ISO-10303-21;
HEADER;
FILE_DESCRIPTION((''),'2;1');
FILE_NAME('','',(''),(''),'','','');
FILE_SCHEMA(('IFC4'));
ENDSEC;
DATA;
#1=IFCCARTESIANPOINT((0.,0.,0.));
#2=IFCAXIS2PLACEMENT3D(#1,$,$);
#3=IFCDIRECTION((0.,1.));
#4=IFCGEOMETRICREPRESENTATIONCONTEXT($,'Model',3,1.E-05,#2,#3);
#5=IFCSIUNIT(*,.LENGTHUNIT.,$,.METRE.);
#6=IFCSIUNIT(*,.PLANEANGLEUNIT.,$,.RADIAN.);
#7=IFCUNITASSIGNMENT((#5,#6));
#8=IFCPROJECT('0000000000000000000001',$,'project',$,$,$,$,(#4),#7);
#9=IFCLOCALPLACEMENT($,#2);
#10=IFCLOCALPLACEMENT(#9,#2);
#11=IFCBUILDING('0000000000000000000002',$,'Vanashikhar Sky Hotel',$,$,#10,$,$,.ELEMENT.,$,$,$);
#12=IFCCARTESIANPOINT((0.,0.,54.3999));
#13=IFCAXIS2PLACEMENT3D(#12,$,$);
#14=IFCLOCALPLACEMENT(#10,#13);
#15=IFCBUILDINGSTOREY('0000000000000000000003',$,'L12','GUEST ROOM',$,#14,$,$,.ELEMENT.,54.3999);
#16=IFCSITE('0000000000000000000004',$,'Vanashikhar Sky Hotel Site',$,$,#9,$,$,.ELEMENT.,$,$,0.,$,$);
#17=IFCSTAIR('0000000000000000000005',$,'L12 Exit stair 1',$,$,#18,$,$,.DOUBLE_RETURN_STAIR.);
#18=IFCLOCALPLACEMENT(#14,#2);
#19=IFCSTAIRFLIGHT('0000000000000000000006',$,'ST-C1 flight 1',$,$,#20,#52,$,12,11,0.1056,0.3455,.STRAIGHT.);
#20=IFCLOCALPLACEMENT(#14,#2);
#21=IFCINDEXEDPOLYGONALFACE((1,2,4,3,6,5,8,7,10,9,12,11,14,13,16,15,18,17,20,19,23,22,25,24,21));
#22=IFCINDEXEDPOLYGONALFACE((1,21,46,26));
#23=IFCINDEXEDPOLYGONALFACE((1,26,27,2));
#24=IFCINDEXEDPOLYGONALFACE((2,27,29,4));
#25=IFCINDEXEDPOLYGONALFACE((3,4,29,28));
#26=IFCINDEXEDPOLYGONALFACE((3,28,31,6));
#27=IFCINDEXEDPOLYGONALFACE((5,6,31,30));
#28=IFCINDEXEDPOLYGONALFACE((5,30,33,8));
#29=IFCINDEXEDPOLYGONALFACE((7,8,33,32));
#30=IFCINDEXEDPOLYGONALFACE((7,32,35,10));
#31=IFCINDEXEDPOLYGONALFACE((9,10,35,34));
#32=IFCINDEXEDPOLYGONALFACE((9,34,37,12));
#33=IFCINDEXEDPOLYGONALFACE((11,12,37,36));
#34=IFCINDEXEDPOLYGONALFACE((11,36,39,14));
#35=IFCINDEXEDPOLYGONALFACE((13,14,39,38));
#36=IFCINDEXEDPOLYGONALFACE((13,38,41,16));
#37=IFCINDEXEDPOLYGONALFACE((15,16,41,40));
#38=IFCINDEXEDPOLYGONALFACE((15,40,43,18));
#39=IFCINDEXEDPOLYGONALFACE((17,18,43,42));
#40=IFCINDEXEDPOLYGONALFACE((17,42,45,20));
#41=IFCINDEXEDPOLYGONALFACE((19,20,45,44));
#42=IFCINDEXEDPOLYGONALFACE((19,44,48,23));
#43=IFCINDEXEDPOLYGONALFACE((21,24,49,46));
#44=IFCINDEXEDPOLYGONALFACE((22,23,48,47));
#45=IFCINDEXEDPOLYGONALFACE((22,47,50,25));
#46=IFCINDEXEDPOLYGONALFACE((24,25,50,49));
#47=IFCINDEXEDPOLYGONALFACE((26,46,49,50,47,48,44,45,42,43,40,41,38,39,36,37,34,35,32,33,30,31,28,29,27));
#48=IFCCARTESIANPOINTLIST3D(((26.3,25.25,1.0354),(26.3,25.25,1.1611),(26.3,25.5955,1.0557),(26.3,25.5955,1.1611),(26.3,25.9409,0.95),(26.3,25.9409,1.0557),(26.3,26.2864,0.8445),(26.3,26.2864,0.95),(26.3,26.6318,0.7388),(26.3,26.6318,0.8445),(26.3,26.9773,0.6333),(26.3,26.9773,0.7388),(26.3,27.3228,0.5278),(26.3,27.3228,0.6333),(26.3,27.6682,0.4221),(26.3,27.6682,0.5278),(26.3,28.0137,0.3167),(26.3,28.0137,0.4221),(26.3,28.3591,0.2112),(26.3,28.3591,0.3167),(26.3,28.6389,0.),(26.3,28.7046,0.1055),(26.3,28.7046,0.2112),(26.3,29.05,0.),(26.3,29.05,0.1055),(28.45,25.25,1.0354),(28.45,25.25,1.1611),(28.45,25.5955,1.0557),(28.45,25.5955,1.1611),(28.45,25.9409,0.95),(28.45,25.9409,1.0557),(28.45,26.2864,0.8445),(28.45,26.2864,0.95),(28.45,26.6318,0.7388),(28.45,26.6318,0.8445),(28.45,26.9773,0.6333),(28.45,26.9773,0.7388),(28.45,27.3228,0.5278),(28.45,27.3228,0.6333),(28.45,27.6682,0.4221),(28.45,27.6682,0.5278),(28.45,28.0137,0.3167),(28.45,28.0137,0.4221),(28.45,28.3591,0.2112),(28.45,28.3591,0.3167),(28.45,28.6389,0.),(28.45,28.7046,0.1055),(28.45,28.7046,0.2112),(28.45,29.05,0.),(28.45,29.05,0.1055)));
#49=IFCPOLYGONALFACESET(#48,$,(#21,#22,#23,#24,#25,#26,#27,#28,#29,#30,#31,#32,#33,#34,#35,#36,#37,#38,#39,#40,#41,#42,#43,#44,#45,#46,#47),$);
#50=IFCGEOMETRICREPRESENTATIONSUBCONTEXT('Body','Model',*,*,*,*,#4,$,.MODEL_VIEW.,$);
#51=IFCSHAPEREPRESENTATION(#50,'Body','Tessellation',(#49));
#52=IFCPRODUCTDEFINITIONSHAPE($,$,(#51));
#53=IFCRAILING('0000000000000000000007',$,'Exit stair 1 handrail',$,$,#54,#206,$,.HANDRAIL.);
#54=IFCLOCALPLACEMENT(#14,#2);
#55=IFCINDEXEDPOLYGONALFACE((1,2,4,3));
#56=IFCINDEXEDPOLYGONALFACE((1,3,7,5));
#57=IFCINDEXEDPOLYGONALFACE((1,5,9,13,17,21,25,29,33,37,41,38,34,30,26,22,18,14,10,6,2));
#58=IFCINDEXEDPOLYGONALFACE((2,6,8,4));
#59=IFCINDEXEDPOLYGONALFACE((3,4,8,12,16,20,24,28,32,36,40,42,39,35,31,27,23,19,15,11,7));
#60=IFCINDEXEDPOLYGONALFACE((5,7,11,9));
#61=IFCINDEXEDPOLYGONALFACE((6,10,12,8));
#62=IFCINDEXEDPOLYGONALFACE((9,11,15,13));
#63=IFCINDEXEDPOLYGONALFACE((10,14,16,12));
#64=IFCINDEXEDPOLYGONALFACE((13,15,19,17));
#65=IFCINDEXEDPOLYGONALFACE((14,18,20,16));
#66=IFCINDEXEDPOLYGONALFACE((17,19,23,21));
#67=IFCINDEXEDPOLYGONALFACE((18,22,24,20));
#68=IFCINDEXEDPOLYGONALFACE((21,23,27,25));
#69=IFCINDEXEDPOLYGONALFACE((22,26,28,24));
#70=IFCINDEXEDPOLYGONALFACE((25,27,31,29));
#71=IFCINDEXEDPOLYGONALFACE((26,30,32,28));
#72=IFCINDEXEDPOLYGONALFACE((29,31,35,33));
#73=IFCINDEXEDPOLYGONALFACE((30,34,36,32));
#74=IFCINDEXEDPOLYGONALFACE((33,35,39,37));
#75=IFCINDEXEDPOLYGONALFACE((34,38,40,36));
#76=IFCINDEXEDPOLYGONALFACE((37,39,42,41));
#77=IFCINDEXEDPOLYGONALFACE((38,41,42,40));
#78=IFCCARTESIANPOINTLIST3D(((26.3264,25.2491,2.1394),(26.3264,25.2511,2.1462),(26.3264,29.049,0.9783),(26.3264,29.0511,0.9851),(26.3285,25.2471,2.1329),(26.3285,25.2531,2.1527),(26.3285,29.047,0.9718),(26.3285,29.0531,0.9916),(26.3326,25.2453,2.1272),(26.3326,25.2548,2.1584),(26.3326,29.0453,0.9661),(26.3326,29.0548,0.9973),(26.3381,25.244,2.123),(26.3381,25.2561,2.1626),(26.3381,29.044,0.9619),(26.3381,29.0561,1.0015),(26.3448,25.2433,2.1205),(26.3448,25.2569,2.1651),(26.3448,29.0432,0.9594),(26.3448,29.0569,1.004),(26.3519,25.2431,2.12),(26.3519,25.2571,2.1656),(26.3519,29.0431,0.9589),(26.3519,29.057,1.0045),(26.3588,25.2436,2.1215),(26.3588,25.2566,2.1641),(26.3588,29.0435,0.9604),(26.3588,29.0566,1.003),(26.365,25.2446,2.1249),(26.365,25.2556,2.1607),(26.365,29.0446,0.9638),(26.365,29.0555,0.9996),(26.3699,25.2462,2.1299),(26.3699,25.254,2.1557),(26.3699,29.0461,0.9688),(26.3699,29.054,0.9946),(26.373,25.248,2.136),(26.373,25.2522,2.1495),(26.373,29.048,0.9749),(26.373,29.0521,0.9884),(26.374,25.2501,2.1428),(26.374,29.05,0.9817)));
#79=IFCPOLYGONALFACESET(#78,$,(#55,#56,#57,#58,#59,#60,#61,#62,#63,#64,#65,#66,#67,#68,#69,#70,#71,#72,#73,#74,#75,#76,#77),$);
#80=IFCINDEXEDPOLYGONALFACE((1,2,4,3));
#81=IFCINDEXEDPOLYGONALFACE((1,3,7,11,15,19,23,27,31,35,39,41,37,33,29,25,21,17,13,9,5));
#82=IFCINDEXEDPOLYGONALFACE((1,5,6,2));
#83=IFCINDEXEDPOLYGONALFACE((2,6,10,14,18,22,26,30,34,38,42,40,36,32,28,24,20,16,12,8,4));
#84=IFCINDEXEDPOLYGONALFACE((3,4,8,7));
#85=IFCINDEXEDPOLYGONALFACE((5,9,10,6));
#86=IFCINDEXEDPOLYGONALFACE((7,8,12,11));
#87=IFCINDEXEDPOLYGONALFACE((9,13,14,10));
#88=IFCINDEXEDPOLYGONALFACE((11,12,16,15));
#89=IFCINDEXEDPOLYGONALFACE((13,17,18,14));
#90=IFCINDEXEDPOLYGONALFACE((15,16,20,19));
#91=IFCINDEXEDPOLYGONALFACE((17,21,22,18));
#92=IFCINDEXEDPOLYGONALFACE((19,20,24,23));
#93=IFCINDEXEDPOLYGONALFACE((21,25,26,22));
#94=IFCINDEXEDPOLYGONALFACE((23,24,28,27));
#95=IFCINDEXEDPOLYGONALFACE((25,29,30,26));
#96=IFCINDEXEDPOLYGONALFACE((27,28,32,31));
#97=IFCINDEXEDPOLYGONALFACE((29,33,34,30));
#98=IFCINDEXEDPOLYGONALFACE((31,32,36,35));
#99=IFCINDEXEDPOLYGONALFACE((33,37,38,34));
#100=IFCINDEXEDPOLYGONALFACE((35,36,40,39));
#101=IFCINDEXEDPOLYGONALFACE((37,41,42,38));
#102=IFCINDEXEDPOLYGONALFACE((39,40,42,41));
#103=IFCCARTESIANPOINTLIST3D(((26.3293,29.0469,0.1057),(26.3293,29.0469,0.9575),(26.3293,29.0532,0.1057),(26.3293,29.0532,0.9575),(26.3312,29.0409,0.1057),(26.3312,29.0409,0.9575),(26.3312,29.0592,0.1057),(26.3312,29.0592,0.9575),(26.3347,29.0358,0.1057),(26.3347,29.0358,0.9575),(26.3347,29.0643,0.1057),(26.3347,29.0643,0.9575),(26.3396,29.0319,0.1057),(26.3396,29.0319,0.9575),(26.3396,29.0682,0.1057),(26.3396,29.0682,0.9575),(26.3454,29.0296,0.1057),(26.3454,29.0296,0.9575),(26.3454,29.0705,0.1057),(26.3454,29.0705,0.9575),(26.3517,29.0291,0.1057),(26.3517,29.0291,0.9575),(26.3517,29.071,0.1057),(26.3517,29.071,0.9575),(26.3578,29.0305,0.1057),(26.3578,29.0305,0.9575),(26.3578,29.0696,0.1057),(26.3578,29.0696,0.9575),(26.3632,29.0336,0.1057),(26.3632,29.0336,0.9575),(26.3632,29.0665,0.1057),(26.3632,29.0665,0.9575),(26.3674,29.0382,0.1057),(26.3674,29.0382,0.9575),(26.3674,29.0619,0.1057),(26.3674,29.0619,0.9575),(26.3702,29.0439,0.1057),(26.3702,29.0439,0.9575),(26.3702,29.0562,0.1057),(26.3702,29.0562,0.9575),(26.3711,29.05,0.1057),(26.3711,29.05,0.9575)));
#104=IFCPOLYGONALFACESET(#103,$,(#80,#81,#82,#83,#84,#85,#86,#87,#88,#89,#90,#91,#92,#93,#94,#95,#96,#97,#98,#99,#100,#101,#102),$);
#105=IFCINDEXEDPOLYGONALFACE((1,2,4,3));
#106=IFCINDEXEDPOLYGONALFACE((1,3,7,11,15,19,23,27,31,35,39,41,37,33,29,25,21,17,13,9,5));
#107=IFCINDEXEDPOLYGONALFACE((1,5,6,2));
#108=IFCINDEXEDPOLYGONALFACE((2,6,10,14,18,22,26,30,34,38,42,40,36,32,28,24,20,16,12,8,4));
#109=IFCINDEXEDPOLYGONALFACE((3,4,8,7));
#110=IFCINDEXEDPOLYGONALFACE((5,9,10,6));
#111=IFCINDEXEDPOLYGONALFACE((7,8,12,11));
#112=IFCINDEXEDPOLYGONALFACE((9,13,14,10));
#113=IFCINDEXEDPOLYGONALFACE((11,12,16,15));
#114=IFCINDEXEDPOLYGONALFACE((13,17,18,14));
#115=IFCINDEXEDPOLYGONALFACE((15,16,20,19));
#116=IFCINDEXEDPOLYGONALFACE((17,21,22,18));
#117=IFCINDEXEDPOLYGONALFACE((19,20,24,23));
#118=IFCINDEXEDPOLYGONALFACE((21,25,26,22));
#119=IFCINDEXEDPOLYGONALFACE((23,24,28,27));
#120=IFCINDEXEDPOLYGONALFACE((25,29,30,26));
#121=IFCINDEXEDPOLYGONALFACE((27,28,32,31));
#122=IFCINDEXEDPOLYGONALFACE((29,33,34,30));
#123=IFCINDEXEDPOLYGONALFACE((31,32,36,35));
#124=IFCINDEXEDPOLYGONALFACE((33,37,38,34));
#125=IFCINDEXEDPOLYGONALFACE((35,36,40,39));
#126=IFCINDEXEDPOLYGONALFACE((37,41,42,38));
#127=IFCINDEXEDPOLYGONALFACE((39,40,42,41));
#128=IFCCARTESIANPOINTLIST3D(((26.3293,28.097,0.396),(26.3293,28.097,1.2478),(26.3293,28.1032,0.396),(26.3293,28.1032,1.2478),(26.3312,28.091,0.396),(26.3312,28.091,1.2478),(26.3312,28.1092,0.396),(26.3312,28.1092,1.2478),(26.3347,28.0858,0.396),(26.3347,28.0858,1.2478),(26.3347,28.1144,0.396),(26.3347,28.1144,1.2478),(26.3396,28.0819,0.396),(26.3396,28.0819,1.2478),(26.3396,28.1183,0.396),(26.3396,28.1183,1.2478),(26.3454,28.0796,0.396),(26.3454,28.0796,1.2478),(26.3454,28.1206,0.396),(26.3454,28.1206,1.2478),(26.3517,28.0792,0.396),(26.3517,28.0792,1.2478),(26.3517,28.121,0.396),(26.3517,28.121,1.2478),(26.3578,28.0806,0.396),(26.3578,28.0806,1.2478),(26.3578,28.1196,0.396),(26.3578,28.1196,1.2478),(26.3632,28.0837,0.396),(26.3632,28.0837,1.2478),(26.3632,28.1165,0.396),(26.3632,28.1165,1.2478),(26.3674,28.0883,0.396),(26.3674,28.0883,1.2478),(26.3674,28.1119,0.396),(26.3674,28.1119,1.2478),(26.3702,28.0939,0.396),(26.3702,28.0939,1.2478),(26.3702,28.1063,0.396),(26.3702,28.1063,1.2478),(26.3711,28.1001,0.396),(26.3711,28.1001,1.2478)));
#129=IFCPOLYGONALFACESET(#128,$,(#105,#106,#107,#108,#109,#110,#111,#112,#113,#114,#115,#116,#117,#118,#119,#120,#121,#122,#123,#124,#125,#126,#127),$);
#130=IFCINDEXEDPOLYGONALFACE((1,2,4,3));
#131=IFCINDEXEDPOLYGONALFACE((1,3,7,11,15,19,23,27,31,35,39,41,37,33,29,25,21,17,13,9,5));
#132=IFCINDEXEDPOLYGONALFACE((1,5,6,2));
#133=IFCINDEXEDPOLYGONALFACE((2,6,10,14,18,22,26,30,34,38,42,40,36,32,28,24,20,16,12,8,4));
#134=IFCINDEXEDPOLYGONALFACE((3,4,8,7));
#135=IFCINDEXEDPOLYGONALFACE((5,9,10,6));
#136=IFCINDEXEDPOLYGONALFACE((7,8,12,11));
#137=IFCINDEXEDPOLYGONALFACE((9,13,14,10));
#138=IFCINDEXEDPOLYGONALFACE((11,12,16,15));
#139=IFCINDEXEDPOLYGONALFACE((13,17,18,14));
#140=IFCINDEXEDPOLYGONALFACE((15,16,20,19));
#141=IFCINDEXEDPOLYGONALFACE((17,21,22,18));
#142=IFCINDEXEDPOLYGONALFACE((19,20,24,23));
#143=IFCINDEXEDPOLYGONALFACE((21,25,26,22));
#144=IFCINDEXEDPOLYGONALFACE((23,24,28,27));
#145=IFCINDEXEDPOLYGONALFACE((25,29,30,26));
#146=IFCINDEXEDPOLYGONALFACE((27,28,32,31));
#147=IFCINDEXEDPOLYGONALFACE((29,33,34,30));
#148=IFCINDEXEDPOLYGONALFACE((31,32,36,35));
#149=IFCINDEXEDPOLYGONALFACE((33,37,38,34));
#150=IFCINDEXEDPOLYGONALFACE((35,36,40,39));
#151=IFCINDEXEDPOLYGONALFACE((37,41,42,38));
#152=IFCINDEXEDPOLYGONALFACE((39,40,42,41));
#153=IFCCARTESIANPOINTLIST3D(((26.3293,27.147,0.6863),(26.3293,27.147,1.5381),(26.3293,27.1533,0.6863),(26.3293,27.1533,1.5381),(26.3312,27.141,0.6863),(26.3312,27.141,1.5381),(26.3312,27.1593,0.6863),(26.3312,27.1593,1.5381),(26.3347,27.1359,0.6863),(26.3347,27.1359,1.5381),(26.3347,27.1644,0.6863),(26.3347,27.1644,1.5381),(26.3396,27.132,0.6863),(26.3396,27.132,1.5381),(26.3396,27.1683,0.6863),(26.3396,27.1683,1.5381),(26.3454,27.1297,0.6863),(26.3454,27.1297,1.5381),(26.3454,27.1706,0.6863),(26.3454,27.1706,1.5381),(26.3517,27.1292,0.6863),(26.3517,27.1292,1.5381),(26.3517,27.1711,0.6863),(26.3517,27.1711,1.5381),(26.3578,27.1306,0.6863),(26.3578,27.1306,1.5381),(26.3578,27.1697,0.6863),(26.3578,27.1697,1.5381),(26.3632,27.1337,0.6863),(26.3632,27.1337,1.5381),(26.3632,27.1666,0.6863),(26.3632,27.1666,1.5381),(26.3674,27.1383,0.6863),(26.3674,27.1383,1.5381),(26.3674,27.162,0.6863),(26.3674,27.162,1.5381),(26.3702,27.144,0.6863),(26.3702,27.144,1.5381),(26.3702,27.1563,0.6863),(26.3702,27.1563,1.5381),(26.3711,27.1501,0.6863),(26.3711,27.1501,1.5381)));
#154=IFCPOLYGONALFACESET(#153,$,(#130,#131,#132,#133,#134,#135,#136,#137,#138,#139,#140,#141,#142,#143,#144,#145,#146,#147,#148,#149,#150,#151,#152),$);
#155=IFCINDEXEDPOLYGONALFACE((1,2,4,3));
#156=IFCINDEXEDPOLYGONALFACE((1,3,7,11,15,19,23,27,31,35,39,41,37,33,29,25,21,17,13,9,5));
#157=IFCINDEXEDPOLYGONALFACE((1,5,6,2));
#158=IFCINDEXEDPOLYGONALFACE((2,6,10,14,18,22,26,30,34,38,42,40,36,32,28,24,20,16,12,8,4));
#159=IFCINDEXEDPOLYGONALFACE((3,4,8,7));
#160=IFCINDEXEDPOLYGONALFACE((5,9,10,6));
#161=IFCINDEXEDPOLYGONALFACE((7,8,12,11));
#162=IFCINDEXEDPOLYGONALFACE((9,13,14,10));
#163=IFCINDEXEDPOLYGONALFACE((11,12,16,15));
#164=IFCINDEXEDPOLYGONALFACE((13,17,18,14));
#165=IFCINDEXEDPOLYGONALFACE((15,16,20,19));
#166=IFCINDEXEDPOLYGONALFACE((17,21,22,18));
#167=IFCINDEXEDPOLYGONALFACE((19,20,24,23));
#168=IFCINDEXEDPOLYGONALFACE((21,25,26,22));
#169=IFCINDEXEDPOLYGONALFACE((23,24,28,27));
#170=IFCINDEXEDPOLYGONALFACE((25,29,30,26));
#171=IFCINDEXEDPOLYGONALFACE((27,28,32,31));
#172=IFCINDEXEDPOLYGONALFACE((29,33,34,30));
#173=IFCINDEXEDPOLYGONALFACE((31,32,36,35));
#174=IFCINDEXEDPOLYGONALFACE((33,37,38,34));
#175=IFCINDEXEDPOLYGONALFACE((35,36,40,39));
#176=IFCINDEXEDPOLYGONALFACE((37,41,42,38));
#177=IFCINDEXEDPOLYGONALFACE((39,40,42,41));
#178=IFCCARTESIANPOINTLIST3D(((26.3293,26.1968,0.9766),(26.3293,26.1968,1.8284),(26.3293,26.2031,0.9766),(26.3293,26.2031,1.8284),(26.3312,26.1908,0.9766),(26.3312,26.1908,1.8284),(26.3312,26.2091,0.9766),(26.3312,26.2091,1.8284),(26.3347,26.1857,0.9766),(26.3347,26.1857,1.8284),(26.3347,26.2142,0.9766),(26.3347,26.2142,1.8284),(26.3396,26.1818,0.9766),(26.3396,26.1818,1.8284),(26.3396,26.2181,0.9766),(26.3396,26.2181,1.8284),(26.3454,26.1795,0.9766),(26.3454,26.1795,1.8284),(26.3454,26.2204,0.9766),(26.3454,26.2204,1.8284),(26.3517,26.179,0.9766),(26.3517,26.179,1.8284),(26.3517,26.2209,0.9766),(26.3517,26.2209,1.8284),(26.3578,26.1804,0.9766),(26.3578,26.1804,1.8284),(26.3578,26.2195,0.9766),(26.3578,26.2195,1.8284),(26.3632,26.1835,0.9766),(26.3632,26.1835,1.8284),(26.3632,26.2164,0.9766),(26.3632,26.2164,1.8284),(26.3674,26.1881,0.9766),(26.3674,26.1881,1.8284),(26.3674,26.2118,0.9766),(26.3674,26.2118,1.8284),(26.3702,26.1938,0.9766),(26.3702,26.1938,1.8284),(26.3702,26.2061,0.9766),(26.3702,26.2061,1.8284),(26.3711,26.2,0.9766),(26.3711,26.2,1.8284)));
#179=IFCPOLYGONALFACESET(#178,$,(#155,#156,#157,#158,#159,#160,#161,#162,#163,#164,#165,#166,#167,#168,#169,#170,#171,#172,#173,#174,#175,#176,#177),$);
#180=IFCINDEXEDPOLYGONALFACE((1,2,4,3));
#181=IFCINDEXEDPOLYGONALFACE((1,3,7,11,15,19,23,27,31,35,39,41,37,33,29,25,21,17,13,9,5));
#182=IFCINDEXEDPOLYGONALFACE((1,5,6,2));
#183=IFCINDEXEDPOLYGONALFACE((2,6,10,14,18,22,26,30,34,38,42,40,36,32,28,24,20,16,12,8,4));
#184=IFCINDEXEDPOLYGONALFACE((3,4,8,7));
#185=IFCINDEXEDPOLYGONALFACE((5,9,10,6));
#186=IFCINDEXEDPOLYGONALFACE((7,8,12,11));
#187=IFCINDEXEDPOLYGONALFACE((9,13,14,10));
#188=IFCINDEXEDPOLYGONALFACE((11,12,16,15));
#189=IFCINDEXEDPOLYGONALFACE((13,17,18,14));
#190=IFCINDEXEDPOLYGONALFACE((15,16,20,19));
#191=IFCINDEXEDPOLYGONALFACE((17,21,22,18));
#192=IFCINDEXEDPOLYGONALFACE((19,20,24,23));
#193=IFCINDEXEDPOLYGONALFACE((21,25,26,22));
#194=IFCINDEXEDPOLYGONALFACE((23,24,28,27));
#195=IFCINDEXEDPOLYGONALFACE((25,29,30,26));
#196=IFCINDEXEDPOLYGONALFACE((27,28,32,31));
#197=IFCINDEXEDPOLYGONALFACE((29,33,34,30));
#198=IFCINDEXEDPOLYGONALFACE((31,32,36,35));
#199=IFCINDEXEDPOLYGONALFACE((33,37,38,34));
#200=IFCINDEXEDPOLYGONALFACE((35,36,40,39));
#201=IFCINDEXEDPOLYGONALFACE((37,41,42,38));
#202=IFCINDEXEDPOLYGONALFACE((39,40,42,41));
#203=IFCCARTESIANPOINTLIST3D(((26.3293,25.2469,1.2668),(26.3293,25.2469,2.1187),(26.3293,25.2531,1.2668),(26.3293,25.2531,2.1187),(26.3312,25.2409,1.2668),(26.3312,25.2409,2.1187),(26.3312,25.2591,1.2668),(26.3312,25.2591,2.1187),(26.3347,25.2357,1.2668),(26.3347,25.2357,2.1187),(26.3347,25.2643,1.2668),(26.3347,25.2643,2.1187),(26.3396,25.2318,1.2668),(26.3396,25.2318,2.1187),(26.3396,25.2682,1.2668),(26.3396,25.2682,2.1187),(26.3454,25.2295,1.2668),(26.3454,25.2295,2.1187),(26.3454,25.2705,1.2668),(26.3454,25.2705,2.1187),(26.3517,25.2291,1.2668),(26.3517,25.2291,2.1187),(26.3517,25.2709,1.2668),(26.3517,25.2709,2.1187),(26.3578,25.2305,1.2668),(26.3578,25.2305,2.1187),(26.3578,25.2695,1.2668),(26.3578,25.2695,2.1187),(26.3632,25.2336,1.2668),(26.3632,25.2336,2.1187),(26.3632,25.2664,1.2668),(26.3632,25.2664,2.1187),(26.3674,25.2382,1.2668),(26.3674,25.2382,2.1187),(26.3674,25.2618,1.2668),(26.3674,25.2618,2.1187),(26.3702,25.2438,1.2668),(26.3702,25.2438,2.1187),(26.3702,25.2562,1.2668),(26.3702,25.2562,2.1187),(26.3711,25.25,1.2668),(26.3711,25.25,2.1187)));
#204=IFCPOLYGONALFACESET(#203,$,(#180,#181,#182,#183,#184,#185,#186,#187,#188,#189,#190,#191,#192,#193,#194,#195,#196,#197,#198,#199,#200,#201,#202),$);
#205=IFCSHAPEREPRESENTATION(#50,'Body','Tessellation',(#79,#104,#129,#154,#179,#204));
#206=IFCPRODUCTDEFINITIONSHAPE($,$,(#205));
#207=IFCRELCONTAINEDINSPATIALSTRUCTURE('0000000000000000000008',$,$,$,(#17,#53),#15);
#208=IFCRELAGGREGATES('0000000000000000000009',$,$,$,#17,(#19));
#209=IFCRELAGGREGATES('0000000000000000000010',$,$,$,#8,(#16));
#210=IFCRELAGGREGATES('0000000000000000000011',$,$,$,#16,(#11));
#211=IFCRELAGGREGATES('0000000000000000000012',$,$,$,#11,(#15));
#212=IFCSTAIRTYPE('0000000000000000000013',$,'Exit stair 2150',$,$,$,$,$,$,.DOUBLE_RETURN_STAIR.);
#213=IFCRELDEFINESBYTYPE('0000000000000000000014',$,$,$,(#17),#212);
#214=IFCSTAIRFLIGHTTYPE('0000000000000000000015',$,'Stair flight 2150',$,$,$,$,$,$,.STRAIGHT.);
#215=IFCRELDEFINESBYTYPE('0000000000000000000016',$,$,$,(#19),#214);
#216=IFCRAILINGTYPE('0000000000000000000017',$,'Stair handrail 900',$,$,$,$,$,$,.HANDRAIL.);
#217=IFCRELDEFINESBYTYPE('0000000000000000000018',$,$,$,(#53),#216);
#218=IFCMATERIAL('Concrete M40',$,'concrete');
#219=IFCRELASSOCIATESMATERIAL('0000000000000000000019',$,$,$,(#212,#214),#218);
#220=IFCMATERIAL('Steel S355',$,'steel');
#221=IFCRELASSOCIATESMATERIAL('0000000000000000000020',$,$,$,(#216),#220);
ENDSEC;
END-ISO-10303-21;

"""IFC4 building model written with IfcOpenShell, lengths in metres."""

from ifc_helpers import new_model, si_unit, direction, frame, origin, origin_2d, place, context, subcontext, project, spatial, polyline, circle, outline, extrude, source, transform, mapped, material, type_object, element, aggregate, save


model = new_model("IFC4")

# Units and contexts
model_context = context("Model", 3, precision=1e-05, world=origin(), true_north=direction((0.0, 1.0)))
body_context = subcontext(model_context, "Body", "Model", "MODEL_VIEW")
ifc_project = project(units=[si_unit("LENGTHUNIT", "METRE"), si_unit("PLANEANGLEUNIT", "RADIAN")], contexts=[model_context])

# Site, building, storey
site_placement = place(None, origin())
site = spatial("IfcSite", under=ifc_project, at=site_placement, Name="Vanashikhar Sky Hotel Site", CompositionType="ELEMENT", RefElevation=0.0)
building_placement = place(site_placement, origin())
building = spatial("IfcBuilding", under=site, at=building_placement, Name="Vanashikhar Sky Hotel", CompositionType="ELEMENT")
storey_placement = place(building_placement, frame((0.0, 0.0, 54.3999)))
storey = spatial("IfcBuildingStorey", under=building, at=storey_placement, Name="L12", Description="GUEST ROOM", CompositionType="ELEMENT", Elevation=54.3999)

# Stair, stair flight
ifc_material_1 = material(Name="Concrete M40", Category="concrete")
stair_type = type_object("IfcStairType", Name="Exit stair 2150", PredefinedType="DOUBLE_RETURN_STAIR", material=ifc_material_1)
stair_placement = place(storey_placement, origin())
stair = element("IfcStair", 1, at=stair_placement, inside=storey, type_object=stair_type, Name="L12 Exit stair 1", PredefinedType="DOUBLE_RETURN_STAIR")
stair_flight_type = type_object("IfcStairFlightType", Name="Stair flight 2150", PredefinedType="STRAIGHT", material=ifc_material_1)
shared_shape_1 = source(origin(), body_context, "Body", "SweptSolid", [
    extrude(outline(polyline([(0.0, 0.0), (0.0, 0.1055), (0.3455, 0.1055), (0.3455, 0.2112), (0.6909, 0.2112), (0.6909, 0.3167), (1.0364, 0.3167), (1.0364, 0.4221), (1.3818, 0.4221), (1.3818, 0.5278), (1.7273, 0.5278), (1.7273, 0.6333), (2.0728, 0.6333), (2.0728, 0.7388), (2.4182, 0.7388), (2.4182, 0.8445), (2.7637, 0.8445), (2.7637, 0.95), (3.1091, 0.95), (3.1091, 1.0557), (3.4546, 1.0557), (3.4546, 1.1611), (3.8, 1.1611), (3.8, 1.2666), (3.8, 1.0354), (0.4111, 0.0), (0.0, 0.0)])), frame((0.0, 1.075, 0.0), z_axis=(0.0, -1.0, 0.0), x_axis=(1.0, 0.0, 0.0)), (0.0, 0.0, 1.0), 2.1499),
])
stair_flight_placement = place(storey_placement, frame((27.375, 29.05, 0.0), z_axis=(0.0, 0.0, 1.0), x_axis=(0.0, -1.0, 0.0)))
stair_flight = element("IfcStairFlight", 2, at=stair_flight_placement, type_object=stair_flight_type, Name="ST-C1 flight 1", NumberOfRisers=12, NumberOfTreads=11, PredefinedType="STRAIGHT", RiserHeight=0.1056, TreadLength=0.3455, context=body_context, shape_type="MappedRepresentation", body=[
    mapped(shared_shape_1, transform((0.0, 0.0, 0.0), scale=1.0)),
])
aggregate(stair, [stair_flight])

# Railing
ifc_material_2 = material(Name="Steel S355", Category="steel")
railing_type = type_object("IfcRailingType", Name="Stair handrail 900", PredefinedType="HANDRAIL", material=ifc_material_2)
shared_shape_2 = source(origin(), body_context, "Body", "SweptSolid", [
    extrude(circle(Radius=0.0239, at=origin_2d()), frame((0.0, 0.0, 0.876), z_axis=(0.0, -0.956351, 0.29222), x_axis=(1.0, 0.0, 0.0)), (0.0, 0.0, 1.0), 3.9734),
    extrude(circle(Radius=0.021, at=origin_2d()), origin(), (0.0, 0.0, 1.0), 0.8518),
    extrude(circle(Radius=0.021, at=origin_2d()), frame((0.0, -0.95, 0.2903)), (0.0, 0.0, 1.0), 0.8518),
    extrude(circle(Radius=0.021, at=origin_2d()), frame((0.0, -1.8999, 0.5806)), (0.0, 0.0, 1.0), 0.8518),
    extrude(circle(Radius=0.021, at=origin_2d()), frame((0.0, -2.8501, 0.8708)), (0.0, 0.0, 1.0), 0.8518),
    extrude(circle(Radius=0.021, at=origin_2d()), frame((0.0, -3.8, 1.1611)), (0.0, 0.0, 1.0), 0.8518),
])
for number, where, name in (
    (3, (26.3501, 29.05, 0.1057), "Exit stair 1 handrail"),
):
    element("IfcRailing", number, at=place(storey_placement, frame(where)), inside=storey, type_object=railing_type, Name=name, PredefinedType="HANDRAIL", context=body_context, shape_type="MappedRepresentation", body=[
        mapped(shared_shape_2, transform((0.0, 0.0, 0.0), scale=1.0)),
    ])

save(model, "model.ifc")
